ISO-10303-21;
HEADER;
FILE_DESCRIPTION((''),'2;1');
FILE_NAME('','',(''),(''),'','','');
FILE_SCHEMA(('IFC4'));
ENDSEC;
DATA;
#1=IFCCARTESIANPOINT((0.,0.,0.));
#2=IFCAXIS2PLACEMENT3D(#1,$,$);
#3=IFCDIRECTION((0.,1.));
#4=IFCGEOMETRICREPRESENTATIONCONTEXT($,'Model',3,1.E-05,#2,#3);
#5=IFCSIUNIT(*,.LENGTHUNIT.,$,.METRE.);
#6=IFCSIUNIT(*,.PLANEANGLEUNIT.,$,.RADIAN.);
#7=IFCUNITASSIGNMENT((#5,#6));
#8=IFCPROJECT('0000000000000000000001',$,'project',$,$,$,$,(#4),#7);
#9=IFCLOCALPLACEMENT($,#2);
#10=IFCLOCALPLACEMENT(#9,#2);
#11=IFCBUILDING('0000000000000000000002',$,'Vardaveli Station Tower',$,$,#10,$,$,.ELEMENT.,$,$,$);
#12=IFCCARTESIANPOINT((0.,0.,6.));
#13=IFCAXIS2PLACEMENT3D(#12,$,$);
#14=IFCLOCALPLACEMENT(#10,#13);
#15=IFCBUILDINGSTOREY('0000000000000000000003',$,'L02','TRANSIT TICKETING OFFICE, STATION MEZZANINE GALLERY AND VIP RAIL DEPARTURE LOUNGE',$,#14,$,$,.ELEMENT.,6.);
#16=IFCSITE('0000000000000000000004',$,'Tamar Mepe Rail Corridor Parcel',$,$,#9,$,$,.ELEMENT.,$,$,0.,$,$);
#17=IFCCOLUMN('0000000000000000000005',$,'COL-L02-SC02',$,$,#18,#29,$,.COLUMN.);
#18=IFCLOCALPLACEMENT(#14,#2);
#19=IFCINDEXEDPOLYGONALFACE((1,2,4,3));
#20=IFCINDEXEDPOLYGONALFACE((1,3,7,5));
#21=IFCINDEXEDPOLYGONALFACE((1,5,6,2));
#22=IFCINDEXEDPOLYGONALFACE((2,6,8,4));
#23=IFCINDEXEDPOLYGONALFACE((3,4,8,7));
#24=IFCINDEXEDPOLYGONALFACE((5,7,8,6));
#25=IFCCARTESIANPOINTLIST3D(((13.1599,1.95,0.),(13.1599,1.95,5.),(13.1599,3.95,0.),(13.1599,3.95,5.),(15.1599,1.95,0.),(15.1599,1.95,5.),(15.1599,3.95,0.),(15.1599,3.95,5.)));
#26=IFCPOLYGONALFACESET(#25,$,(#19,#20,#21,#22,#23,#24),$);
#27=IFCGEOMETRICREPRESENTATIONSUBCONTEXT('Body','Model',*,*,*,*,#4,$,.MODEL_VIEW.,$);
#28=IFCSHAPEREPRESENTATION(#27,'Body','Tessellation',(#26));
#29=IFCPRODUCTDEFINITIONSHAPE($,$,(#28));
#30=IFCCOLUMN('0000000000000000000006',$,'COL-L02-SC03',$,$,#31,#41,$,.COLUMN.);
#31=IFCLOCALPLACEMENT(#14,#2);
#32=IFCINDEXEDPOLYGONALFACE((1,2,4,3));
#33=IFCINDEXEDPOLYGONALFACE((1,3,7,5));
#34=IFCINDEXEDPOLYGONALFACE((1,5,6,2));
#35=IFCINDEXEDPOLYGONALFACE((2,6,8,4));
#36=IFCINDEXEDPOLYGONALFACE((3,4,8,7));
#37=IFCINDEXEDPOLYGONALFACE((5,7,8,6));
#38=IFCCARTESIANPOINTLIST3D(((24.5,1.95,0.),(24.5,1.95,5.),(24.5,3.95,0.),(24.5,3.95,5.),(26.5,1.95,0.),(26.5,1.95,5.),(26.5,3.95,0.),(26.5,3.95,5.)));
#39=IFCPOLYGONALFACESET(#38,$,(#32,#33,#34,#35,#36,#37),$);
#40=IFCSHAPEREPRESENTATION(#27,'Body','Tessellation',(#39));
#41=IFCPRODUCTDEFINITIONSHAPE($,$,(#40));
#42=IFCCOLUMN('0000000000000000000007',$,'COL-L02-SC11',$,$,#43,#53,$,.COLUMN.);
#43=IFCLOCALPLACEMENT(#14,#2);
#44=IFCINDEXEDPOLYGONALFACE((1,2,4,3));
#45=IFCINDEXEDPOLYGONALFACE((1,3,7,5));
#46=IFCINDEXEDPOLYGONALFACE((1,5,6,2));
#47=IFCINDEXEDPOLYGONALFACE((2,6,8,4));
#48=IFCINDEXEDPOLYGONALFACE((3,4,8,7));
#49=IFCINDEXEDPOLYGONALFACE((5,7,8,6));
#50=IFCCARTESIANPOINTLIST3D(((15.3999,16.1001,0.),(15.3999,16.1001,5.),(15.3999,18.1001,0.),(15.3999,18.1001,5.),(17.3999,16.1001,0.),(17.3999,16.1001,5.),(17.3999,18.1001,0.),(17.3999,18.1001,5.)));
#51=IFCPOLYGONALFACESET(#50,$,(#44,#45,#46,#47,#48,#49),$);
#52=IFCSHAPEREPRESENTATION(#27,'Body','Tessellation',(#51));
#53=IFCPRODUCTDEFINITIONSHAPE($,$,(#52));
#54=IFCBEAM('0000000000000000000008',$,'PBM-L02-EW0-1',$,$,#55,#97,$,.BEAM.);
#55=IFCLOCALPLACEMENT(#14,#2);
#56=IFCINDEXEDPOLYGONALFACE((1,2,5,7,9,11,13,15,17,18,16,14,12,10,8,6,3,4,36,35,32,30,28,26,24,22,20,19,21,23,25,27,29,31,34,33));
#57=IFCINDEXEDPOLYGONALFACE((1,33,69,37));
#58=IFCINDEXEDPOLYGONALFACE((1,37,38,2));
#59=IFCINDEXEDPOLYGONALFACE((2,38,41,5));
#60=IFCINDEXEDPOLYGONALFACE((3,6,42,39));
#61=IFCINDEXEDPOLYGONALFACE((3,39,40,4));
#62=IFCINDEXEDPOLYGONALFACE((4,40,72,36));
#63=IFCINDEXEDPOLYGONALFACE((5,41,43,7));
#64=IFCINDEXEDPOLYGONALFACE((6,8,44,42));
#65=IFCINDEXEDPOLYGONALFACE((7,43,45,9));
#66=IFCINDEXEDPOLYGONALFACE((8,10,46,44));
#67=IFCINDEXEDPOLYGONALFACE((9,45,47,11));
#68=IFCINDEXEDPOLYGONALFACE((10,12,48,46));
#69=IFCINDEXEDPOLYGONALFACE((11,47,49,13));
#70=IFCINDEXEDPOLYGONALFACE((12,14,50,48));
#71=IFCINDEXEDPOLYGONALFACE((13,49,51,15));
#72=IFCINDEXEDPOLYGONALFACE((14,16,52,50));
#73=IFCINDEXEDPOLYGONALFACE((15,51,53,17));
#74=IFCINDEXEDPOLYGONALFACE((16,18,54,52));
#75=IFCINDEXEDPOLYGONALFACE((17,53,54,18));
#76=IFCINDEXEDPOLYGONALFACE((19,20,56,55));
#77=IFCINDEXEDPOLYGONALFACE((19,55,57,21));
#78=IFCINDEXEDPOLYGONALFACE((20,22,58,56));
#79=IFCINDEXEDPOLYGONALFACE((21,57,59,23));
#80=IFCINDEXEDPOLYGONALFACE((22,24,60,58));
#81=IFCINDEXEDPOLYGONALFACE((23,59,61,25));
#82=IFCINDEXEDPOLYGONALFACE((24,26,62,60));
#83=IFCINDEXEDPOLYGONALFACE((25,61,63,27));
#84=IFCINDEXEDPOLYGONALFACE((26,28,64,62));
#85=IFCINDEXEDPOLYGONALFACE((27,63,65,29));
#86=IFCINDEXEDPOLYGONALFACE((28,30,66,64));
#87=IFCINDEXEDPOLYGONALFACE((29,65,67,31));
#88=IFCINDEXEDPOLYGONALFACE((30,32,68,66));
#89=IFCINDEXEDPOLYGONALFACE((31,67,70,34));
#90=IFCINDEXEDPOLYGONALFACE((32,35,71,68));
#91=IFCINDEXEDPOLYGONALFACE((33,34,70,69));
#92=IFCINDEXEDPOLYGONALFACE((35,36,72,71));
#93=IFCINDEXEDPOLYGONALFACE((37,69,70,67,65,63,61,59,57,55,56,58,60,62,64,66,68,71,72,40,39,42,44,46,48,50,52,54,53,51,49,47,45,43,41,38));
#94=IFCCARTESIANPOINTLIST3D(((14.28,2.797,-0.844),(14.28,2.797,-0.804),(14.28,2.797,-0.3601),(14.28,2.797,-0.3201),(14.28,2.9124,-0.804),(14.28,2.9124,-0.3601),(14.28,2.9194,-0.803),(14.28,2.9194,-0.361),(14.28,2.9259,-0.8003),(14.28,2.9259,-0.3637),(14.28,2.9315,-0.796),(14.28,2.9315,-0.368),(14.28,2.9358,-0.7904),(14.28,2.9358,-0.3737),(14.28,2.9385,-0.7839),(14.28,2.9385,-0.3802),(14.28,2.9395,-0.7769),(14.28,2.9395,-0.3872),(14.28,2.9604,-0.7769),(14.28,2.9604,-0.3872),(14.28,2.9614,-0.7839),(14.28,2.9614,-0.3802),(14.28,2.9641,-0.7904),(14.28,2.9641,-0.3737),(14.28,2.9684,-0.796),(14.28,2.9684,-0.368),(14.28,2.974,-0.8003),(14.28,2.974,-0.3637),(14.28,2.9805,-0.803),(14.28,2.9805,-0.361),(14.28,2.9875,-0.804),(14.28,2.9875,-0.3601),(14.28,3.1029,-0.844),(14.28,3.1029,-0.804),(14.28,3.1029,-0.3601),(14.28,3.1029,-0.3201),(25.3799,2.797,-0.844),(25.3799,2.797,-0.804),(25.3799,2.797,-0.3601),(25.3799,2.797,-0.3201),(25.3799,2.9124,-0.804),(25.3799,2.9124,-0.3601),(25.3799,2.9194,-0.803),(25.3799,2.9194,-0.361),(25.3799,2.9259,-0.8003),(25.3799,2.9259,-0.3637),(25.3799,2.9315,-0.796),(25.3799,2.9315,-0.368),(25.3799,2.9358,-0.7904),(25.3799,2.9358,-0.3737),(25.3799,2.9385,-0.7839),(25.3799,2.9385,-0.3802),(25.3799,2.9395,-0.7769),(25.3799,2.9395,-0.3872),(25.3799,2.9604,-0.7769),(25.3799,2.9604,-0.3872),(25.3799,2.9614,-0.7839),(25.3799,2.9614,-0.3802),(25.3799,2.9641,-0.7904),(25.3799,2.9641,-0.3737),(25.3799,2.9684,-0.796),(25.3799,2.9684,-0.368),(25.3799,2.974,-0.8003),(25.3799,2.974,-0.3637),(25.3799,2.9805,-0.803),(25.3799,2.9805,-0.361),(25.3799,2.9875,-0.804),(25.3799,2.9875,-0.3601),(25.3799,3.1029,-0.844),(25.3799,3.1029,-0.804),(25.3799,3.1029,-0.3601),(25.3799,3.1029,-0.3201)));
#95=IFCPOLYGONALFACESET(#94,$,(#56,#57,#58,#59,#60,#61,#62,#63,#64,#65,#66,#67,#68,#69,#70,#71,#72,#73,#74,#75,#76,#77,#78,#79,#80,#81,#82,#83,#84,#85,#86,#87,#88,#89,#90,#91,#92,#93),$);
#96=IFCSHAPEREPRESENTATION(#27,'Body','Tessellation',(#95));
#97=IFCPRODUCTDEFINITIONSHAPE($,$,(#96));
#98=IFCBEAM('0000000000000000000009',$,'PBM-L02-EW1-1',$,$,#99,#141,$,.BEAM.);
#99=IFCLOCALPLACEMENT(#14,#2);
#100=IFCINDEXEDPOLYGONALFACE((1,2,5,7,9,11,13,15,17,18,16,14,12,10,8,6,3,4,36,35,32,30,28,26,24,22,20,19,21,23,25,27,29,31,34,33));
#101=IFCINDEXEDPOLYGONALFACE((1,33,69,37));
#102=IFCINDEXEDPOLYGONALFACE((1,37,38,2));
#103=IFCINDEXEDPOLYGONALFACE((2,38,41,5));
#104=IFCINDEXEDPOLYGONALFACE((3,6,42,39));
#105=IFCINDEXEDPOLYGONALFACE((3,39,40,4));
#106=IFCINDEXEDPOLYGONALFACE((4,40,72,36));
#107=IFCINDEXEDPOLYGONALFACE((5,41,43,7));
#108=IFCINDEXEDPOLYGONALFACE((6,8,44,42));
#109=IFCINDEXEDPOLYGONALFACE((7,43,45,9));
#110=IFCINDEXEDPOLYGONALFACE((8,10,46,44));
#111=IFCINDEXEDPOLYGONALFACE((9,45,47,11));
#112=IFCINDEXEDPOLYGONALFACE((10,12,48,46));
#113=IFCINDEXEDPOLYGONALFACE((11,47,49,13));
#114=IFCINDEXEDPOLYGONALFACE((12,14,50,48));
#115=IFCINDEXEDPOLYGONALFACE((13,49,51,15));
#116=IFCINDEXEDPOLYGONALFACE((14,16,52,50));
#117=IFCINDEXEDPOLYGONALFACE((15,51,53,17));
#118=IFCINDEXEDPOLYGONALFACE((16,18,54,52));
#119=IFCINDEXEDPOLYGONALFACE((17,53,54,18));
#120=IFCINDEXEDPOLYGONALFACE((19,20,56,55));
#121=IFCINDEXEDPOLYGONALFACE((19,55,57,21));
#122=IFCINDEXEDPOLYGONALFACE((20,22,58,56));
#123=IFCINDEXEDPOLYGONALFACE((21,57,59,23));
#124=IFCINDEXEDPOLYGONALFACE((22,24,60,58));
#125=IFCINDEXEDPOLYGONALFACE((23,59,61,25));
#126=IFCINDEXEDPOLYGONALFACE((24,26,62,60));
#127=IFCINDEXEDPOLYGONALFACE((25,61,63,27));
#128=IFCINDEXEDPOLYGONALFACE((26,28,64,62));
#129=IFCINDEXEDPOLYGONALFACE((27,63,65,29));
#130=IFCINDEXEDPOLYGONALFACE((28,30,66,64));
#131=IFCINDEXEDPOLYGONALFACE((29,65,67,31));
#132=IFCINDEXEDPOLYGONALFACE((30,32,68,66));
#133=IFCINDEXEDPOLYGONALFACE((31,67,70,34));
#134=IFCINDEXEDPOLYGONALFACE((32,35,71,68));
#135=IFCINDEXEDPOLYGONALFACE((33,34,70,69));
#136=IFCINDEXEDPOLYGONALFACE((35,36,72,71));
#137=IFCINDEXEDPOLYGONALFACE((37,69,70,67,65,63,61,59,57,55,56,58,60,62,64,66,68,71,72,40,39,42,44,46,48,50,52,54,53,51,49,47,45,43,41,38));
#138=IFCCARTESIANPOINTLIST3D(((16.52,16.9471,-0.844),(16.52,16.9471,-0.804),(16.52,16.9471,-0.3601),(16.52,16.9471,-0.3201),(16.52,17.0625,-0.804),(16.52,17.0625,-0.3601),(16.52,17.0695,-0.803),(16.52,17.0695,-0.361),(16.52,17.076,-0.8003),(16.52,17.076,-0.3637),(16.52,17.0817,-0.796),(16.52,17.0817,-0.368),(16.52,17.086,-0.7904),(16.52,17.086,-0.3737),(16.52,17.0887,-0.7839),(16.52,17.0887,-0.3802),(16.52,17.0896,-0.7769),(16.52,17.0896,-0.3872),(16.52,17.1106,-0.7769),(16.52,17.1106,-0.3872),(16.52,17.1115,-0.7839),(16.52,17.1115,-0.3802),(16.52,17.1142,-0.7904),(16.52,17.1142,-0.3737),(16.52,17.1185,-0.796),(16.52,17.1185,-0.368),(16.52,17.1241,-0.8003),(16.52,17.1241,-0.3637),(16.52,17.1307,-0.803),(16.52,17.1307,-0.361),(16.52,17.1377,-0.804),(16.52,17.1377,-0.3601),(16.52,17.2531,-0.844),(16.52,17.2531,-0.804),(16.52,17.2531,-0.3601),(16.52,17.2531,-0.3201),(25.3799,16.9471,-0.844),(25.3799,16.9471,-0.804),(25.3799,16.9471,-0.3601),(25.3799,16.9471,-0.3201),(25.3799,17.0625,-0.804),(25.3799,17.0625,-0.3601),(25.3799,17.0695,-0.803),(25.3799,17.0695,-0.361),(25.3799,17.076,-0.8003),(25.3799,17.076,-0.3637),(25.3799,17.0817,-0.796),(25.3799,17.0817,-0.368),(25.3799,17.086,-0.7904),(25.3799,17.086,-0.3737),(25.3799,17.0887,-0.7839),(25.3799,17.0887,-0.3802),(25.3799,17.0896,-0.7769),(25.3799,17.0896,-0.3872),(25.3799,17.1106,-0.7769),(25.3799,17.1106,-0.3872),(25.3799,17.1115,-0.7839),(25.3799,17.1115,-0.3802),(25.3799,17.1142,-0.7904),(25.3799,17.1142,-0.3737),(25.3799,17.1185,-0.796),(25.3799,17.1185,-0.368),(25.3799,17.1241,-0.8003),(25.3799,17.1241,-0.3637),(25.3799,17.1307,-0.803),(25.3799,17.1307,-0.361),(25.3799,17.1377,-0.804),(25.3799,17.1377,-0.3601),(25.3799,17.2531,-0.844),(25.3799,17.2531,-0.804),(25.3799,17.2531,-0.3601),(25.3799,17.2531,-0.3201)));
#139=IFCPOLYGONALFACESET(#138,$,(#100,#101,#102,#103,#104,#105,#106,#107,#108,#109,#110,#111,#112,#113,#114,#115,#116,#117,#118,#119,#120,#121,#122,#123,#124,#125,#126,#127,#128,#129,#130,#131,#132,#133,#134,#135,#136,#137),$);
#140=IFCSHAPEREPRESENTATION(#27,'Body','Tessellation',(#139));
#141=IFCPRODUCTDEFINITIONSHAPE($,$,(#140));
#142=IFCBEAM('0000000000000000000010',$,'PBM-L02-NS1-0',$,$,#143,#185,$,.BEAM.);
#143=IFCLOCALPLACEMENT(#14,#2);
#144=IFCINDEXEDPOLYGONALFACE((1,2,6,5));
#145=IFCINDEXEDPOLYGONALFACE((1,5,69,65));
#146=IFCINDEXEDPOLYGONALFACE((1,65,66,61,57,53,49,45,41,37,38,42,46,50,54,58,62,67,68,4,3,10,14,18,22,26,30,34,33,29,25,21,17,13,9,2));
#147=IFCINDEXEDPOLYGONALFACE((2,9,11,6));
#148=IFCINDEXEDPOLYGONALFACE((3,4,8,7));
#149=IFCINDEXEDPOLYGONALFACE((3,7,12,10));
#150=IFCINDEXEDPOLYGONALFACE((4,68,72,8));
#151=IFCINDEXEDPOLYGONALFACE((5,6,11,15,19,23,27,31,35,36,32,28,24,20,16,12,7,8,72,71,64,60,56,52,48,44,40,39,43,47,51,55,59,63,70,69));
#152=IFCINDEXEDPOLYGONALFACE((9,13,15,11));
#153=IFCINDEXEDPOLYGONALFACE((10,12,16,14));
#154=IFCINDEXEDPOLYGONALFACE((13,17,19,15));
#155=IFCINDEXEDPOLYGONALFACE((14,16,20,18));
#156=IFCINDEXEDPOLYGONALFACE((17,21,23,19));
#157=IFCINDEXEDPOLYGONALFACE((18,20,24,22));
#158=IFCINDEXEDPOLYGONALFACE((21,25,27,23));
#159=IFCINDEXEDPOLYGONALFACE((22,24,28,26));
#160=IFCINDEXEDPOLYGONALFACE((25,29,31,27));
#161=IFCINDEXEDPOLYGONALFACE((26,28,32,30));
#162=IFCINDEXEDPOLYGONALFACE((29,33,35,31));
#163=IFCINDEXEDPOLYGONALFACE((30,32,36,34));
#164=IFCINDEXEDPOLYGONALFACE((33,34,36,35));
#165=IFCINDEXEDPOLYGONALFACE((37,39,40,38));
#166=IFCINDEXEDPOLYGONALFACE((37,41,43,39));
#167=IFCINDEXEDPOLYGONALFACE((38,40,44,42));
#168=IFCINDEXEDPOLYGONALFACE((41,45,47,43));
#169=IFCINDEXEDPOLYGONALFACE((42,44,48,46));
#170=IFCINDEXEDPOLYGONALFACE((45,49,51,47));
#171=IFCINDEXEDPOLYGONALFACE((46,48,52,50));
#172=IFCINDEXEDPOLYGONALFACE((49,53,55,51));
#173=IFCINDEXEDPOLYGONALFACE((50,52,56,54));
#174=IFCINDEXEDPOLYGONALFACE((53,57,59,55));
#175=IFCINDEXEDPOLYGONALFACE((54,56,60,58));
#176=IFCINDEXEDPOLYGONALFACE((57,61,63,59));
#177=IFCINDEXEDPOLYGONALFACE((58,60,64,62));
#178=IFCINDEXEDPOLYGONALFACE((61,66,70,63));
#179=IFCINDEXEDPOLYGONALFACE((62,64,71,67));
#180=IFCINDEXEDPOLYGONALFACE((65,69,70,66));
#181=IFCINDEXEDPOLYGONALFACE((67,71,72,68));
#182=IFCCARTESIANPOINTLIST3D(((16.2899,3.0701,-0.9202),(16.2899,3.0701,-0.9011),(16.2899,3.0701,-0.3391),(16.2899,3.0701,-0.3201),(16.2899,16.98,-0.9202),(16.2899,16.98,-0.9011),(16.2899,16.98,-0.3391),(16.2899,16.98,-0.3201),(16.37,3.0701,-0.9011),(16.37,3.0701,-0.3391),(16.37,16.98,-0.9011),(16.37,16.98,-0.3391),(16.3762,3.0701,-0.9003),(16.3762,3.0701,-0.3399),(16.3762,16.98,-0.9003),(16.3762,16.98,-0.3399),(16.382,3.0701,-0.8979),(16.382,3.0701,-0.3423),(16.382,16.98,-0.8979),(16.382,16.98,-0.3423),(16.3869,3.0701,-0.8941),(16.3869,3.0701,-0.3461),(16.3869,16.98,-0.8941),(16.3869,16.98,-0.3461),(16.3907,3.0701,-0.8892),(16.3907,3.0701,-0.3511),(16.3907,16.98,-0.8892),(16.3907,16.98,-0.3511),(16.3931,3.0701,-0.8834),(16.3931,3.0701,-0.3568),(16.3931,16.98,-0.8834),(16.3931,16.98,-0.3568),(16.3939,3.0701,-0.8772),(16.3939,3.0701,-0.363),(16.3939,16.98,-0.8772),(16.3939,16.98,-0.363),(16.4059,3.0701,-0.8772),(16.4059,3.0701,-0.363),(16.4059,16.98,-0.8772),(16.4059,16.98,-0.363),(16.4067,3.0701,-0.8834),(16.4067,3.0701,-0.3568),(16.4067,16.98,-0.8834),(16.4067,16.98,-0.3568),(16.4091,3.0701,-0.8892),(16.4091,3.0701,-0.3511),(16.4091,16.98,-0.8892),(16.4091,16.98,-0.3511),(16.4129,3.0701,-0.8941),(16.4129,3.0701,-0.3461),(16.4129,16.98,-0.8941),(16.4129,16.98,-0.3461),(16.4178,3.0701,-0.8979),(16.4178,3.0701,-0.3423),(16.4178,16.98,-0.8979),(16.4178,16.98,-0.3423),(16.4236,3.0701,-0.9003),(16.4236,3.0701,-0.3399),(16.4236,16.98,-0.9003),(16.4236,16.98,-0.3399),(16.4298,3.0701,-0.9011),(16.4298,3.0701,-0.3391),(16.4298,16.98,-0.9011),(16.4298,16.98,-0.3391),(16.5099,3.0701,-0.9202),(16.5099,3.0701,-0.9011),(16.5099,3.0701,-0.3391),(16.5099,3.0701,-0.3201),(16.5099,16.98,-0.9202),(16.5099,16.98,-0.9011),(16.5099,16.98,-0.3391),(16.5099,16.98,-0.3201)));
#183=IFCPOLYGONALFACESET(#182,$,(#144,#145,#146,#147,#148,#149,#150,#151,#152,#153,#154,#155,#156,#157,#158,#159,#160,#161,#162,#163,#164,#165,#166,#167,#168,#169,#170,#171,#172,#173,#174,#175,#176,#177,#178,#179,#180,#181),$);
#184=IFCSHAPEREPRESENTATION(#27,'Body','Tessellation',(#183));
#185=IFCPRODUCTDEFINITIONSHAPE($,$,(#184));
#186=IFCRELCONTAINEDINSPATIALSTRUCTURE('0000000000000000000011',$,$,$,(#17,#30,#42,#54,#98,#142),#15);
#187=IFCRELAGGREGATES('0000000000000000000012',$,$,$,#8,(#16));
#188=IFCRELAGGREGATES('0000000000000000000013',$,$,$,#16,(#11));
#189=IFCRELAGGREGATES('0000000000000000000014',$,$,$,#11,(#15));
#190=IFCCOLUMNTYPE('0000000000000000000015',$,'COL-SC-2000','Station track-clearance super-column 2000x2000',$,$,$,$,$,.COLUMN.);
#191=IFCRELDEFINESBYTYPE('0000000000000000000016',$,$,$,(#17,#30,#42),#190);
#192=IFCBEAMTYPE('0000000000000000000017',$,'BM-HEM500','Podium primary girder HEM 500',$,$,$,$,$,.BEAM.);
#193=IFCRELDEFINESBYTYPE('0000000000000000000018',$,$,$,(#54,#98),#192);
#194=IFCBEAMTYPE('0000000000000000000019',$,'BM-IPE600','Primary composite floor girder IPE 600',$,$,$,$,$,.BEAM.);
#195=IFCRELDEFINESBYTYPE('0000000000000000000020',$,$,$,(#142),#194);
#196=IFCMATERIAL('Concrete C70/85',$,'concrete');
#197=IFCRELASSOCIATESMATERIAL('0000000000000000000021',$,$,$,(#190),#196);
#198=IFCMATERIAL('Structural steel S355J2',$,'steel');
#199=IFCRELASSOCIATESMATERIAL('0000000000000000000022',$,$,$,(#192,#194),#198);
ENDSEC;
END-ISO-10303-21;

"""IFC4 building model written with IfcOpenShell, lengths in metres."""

from ifc_helpers import new_model, si_unit, direction, frame, origin, origin_2d, place, context, subcontext, project, spatial, rectangle, i_section, extrude, source, transform, mapped, material, material_profile, profile_set, type_object, element, save


model = new_model("IFC4")

# Units and contexts
model_context = context("Model", 3, precision=1e-05, world=origin(), true_north=direction((0.0, 1.0)))
body_context = subcontext(model_context, "Body", "Model", "MODEL_VIEW")
ifc_project = project(units=[si_unit("LENGTHUNIT", "METRE"), si_unit("PLANEANGLEUNIT", "RADIAN")], contexts=[model_context])

# Site, building, storey
site_placement = place(None, origin())
site = spatial("IfcSite", under=ifc_project, at=site_placement, Name="Tamar Mepe Rail Corridor Parcel", CompositionType="ELEMENT", RefElevation=0.0)
building_placement = place(site_placement, origin())
building = spatial("IfcBuilding", under=site, at=building_placement, Name="Vardaveli Station Tower", CompositionType="ELEMENT")
storey_placement = place(building_placement, frame((0.0, 0.0, 6.0)))
storey = spatial("IfcBuildingStorey", under=building, at=storey_placement, Name="L02", Description="TRANSIT TICKETING OFFICE, STATION MEZZANINE GALLERY AND VIP RAIL DEPARTURE LOUNGE", CompositionType="ELEMENT", Elevation=6.0)

# Columns
ifc_material_1 = material(Name="Concrete C70/85", Category="concrete")
ifc_material_profile_1 = material_profile(ifc_material_1, rectangle(XDim=2.0, YDim=2.0, at=origin_2d()), Name="SC 2000x2000")
ifc_profile_set_1 = profile_set([ifc_material_profile_1], Name="Concrete C70/85")
column_type = type_object("IfcColumnType", Name="COL-SC-2000", Description="Station track-clearance super-column 2000x2000", PredefinedType="COLUMN", material=ifc_profile_set_1)
shared_shape_1 = source(origin(), body_context, "Body", "SweptSolid", [
    extrude(rectangle(XDim=2.0, YDim=2.0, at=origin_2d()), origin(), (0.0, 0.0, 1.0), 5.0),
])
for number, where, z_axis, x_axis, name in (
    (1, (14.1599, 2.95, 0.0), (0.0, 0.0, 1.0), (1.0, 0.0, 0.0), "COL-L02-SC02"),
    (2, (25.5, 2.95, 0.0), (0.0, 0.0, 1.0), (1.0, 0.0, 0.0), "COL-L02-SC03"),
    (3, (16.3999, 17.1001, 0.0), (0.0, 0.0, 1.0), (1.0, 0.0, 0.0), "COL-L02-SC11"),
):
    element("IfcColumn", number, at=place(storey_placement, frame(where, z_axis=z_axis, x_axis=x_axis)), inside=storey, type_object=column_type, Name=name, PredefinedType="COLUMN", context=body_context, shape_type="MappedRepresentation", body=[
        mapped(shared_shape_1, transform((0.0, 0.0, 0.0), scale=1.0)),
    ])

# Beams
ifc_material_2 = material(Name="Structural steel S355J2", Category="steel")
ifc_material_profile_2 = material_profile(ifc_material_2, i_section(OverallWidth=0.3059, OverallDepth=0.5239, WebThickness=0.021, FlangeThickness=0.04, FilletRadius=0.0271, at=origin_2d()), Name="HEM 500")
ifc_profile_set_2 = profile_set([ifc_material_profile_2], Name="Structural steel S355J2")
beam_type_1 = type_object("IfcBeamType", Name="BM-HEM500", Description="Podium primary girder HEM 500", PredefinedType="BEAM", material=ifc_profile_set_2)
shared_shape_2 = source(origin(), body_context, "Body", "SweptSolid", [
    extrude(i_section(OverallWidth=0.3059, OverallDepth=0.5239, WebThickness=0.021, FlangeThickness=0.04, FilletRadius=0.0271, at=origin_2d()), origin(), (0.0, 0.0, 1.0), 11.0999),
])
beam_1_placement = place(storey_placement, frame((14.28, 2.95, -0.582), z_axis=(1.0, 0.0, 0.0), x_axis=(0.0, 1.0, 0.0)))
element("IfcBeam", 4, at=beam_1_placement, inside=storey, type_object=beam_type_1, Name="PBM-L02-EW0-1", PredefinedType="BEAM", context=body_context, shape_type="MappedRepresentation", body=[
    mapped(shared_shape_2, transform((0.0, 0.0, 0.0), scale=1.0)),
])
shared_shape_3 = source(origin(), body_context, "Body", "SweptSolid", [
    extrude(i_section(OverallWidth=0.3059, OverallDepth=0.5239, WebThickness=0.021, FlangeThickness=0.04, FilletRadius=0.0271, at=origin_2d()), origin(), (0.0, 0.0, 1.0), 8.8599),
])
beam_2_placement = place(storey_placement, frame((16.52, 17.1001, -0.582), z_axis=(1.0, 0.0, 0.0), x_axis=(0.0, 1.0, 0.0)))
element("IfcBeam", 5, at=beam_2_placement, inside=storey, type_object=beam_type_1, Name="PBM-L02-EW1-1", PredefinedType="BEAM", context=body_context, shape_type="MappedRepresentation", body=[
    mapped(shared_shape_3, transform((0.0, 0.0, 0.0), scale=1.0)),
])
ifc_material_profile_3 = material_profile(ifc_material_2, i_section(OverallWidth=0.22, OverallDepth=0.6001, WebThickness=0.012, FlangeThickness=0.019, FilletRadius=0.0239, at=origin_2d()), Name="IPE 600")
ifc_profile_set_3 = profile_set([ifc_material_profile_3], Name="Structural steel S355J2")
beam_type_2 = type_object("IfcBeamType", Name="BM-IPE600", Description="Primary composite floor girder IPE 600", PredefinedType="BEAM", material=ifc_profile_set_3)
shared_shape_4 = source(origin(), body_context, "Body", "SweptSolid", [
    extrude(i_section(OverallWidth=0.22, OverallDepth=0.6001, WebThickness=0.012, FlangeThickness=0.019, FilletRadius=0.0239, at=origin_2d()), origin(), (0.0, 0.0, 1.0), 13.9099),
])
beam_3_placement = place(storey_placement, frame((16.3999, 3.0701, -0.6201), z_axis=(0.0, 1.0, 0.0), x_axis=(-1.0, 0.0, 0.0)))
element("IfcBeam", 6, at=beam_3_placement, inside=storey, type_object=beam_type_2, Name="PBM-L02-NS1-0", PredefinedType="BEAM", context=body_context, shape_type="MappedRepresentation", body=[
    mapped(shared_shape_4, transform((0.0, 0.0, 0.0), scale=1.0)),
])

save(model, "model.ifc")
